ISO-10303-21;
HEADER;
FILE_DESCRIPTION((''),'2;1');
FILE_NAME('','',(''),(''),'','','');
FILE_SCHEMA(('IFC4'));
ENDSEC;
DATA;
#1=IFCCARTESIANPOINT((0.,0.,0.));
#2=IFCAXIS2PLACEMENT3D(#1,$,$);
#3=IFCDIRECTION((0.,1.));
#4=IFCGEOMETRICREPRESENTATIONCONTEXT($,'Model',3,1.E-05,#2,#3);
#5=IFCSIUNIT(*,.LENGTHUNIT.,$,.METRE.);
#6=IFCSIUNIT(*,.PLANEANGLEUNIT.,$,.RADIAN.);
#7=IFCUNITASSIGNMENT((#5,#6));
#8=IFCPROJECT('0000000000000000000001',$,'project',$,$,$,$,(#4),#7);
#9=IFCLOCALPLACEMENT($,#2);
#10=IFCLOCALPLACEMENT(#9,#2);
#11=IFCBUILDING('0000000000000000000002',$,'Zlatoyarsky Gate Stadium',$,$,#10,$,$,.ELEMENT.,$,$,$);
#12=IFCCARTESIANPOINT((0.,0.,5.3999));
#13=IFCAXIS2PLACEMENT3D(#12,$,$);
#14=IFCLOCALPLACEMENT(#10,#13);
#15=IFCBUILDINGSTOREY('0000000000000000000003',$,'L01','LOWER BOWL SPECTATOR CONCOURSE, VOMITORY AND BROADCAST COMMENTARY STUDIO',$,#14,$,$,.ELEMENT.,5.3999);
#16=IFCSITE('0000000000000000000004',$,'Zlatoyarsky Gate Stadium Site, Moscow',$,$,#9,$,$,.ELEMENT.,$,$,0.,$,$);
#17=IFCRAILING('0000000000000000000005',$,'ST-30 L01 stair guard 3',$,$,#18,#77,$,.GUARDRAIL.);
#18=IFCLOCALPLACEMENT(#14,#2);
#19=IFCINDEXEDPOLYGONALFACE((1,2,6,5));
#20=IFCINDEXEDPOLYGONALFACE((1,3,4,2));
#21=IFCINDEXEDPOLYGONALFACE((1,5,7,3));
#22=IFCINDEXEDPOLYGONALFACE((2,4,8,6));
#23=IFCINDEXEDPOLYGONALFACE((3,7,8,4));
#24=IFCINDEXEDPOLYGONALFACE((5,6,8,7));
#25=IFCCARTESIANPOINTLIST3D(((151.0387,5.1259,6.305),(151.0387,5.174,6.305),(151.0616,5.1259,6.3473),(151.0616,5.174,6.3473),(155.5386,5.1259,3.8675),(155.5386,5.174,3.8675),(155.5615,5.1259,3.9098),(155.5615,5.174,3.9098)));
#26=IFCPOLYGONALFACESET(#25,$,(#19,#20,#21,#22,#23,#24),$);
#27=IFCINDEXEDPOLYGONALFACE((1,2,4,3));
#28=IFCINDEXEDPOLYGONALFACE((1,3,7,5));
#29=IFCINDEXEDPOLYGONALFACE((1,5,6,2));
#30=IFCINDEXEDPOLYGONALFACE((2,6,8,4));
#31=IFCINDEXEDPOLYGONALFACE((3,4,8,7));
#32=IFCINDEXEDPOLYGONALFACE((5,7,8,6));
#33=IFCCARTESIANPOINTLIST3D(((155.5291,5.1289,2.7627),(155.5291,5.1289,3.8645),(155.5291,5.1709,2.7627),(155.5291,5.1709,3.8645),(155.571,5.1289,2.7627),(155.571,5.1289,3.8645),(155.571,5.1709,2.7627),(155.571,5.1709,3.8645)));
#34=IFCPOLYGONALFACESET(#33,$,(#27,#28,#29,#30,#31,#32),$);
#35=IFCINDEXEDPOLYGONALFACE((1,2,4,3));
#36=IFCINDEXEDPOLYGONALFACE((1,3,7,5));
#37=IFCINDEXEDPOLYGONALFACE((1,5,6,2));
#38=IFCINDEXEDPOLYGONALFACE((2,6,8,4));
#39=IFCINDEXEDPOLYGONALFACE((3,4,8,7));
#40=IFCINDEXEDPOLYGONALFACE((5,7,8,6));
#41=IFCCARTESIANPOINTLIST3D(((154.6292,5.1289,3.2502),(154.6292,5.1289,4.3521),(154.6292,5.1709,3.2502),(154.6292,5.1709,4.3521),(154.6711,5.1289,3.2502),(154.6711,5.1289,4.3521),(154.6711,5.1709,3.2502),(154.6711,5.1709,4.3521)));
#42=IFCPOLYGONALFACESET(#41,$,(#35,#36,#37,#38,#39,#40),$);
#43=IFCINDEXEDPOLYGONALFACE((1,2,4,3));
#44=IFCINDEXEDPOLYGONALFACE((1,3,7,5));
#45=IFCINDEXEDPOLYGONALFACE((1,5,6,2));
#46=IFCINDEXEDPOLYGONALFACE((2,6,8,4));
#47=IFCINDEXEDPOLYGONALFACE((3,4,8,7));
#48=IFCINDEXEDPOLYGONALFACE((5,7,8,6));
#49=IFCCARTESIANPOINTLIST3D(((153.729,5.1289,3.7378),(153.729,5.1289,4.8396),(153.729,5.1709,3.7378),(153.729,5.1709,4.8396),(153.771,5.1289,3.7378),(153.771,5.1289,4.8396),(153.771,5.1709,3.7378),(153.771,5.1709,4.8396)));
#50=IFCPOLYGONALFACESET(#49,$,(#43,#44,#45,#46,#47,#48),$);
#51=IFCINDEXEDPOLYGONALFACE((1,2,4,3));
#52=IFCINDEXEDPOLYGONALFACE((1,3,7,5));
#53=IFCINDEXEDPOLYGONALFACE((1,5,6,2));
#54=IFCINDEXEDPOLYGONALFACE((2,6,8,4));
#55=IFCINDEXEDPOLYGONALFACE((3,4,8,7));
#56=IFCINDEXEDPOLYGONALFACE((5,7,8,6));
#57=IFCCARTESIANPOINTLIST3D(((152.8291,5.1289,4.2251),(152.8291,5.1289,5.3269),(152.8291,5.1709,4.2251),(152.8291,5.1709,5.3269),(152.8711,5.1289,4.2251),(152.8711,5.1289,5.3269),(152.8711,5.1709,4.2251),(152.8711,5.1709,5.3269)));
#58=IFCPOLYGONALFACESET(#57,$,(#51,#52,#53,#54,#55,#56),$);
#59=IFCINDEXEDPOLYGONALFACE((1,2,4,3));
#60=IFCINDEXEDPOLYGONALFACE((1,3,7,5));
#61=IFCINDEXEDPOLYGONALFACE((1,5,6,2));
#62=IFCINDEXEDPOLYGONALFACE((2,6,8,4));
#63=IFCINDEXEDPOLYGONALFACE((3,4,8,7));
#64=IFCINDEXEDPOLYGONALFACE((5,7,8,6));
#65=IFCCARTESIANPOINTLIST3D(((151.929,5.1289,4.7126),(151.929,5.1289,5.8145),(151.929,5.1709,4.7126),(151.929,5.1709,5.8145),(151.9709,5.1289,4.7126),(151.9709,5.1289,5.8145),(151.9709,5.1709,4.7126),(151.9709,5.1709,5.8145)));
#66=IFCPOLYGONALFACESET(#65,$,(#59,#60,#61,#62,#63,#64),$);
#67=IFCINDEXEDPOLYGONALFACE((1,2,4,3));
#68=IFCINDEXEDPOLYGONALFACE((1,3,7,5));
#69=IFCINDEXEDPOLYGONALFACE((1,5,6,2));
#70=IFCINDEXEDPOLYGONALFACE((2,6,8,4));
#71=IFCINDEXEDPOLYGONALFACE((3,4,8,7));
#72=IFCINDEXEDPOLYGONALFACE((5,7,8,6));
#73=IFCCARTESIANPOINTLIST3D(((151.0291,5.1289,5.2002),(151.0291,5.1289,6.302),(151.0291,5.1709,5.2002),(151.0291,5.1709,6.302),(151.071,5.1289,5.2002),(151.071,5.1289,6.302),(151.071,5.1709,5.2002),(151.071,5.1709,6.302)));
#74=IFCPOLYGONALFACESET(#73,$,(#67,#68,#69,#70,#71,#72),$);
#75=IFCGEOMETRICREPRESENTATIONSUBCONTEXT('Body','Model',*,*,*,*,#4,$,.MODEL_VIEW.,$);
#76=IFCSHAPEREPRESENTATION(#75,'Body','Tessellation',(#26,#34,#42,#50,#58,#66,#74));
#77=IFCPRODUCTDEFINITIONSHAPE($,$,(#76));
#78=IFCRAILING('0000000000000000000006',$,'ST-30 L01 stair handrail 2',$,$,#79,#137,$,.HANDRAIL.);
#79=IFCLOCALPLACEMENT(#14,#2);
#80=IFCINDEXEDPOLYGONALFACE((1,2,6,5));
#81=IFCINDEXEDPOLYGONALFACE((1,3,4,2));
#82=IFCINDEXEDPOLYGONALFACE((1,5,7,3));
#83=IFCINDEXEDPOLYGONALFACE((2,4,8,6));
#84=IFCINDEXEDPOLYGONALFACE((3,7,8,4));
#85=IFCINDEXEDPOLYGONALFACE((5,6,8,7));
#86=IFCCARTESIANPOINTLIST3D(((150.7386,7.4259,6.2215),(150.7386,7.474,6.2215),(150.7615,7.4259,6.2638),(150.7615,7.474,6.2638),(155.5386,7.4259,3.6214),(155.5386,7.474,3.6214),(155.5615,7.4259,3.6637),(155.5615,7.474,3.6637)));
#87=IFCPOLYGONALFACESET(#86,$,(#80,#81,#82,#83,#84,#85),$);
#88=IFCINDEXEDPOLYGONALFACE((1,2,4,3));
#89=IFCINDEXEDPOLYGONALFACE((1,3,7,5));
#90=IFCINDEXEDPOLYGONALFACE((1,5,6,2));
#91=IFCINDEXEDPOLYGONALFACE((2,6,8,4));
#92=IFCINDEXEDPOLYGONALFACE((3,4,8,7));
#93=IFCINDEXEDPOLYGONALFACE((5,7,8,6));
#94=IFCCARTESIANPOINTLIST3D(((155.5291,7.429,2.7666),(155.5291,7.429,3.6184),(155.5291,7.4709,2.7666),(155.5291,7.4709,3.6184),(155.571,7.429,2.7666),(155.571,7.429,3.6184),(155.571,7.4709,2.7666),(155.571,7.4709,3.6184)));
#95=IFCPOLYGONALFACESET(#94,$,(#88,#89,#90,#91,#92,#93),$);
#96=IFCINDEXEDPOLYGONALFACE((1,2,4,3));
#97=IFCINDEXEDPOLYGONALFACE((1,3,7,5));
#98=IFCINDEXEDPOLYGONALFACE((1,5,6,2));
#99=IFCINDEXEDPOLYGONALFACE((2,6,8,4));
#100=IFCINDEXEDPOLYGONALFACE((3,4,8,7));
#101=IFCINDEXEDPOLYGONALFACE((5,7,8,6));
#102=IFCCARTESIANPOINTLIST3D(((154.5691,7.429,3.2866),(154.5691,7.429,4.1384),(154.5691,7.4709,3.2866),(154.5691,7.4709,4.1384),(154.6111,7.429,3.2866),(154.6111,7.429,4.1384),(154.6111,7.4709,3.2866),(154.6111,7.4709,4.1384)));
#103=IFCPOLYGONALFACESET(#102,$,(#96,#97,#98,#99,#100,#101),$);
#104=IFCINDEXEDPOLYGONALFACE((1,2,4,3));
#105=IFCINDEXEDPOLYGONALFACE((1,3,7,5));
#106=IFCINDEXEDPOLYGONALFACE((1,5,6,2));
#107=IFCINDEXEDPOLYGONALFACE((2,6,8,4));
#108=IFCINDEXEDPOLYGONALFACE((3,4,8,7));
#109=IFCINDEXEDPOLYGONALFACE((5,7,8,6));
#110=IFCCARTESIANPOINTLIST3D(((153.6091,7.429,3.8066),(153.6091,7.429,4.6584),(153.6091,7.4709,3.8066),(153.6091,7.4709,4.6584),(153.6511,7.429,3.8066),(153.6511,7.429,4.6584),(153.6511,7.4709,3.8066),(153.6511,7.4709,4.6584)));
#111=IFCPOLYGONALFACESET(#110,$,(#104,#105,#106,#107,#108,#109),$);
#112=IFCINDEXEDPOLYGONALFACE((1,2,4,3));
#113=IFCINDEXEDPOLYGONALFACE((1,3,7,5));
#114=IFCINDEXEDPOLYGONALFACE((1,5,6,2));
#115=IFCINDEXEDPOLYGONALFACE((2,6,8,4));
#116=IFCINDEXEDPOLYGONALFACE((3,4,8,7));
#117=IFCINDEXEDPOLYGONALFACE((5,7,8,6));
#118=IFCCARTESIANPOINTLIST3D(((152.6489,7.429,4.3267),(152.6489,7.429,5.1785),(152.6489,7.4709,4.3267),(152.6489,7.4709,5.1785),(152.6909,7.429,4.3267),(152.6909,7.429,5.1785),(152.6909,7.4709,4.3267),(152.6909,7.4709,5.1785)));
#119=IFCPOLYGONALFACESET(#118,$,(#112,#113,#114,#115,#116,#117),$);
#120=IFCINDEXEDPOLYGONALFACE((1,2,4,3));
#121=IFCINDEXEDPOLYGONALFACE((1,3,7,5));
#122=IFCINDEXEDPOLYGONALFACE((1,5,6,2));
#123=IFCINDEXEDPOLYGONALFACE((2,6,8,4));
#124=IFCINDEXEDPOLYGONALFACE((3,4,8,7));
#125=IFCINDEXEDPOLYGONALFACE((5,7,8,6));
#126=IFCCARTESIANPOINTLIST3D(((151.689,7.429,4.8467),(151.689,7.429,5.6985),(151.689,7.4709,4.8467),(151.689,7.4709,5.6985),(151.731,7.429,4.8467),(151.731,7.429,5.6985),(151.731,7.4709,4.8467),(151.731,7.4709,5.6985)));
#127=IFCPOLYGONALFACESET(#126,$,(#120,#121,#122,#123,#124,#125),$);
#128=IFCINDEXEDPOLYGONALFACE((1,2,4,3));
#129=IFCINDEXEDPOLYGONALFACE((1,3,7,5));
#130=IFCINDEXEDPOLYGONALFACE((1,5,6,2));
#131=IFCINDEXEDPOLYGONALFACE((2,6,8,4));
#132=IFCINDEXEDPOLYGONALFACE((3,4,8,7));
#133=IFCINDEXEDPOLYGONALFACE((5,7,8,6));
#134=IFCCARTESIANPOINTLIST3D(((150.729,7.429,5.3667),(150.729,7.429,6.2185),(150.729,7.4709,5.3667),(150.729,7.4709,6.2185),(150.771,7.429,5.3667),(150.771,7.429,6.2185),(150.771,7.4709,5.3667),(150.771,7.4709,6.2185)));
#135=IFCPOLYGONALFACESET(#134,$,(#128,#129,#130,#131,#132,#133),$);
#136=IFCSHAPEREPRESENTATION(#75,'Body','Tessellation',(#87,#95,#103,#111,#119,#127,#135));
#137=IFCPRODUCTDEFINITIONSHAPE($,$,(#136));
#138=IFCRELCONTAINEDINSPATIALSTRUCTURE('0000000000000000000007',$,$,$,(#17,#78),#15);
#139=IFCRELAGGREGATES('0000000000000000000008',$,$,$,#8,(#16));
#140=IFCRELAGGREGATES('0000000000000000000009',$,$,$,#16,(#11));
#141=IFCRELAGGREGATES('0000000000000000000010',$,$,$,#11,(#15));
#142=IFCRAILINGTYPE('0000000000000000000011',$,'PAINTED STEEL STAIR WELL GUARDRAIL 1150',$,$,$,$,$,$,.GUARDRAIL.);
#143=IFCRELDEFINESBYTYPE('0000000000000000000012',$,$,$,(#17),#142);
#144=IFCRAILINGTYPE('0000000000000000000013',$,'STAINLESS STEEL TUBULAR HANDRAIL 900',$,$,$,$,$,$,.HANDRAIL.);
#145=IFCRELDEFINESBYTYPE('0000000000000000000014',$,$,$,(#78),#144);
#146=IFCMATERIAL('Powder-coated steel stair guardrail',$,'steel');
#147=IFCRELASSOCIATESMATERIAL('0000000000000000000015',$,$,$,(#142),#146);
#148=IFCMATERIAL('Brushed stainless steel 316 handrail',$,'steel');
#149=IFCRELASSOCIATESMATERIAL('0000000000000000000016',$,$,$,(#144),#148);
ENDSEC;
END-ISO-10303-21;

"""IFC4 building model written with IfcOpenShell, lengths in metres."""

from ifc_helpers import new_model, si_unit, direction, frame, origin, origin_2d, place, context, subcontext, project, spatial, rectangle, extrude, material, type_object, element, save


model = new_model("IFC4")

# Units and contexts
model_context = context("Model", 3, precision=1e-05, world=origin(), true_north=direction((0.0, 1.0)))
body_context = subcontext(model_context, "Body", "Model", "MODEL_VIEW")
ifc_project = project(units=[si_unit("LENGTHUNIT", "METRE"), si_unit("PLANEANGLEUNIT", "RADIAN")], contexts=[model_context])

# Site, building, storey
site_placement = place(None, origin())
site = spatial("IfcSite", under=ifc_project, at=site_placement, Name="Zlatoyarsky Gate Stadium Site, Moscow", CompositionType="ELEMENT", RefElevation=0.0)
building_placement = place(site_placement, origin())
building = spatial("IfcBuilding", under=site, at=building_placement, Name="Zlatoyarsky Gate Stadium", CompositionType="ELEMENT")
storey_placement = place(building_placement, frame((0.0, 0.0, 5.3999)))
storey = spatial("IfcBuildingStorey", under=building, at=storey_placement, Name="L01", Description="LOWER BOWL SPECTATOR CONCOURSE, VOMITORY AND BROADCAST COMMENTARY STUDIO", CompositionType="ELEMENT", Elevation=5.3999)

# Railings
ifc_material_1 = material(Name="Powder-coated steel stair guardrail", Category="steel")
railing_type_1 = type_object("IfcRailingType", Name="PAINTED STEEL STAIR WELL GUARDRAIL 1150", PredefinedType="GUARDRAIL", material=ifc_material_1)
railing_1_placement = place(storey_placement, frame((155.55, 5.1499, 2.7627)))
element("IfcRailing", 1, at=railing_1_placement, inside=storey, type_object=railing_type_1, Name="ST-30 L01 stair guard 3", PredefinedType="GUARDRAIL", context=body_context, shape_type="SweptSolid", body=[
    extrude(rectangle(XDim=0.0481, YDim=0.0481, at=origin_2d()), frame((0.0, 0.0, 1.126), z_axis=(-0.879292, 0.0, 0.476283), x_axis=(0.0, -1.0, 0.0)), (0.0, 0.0, 1.0), 5.1177),
    extrude(rectangle(XDim=0.042, YDim=0.042, at=origin_2d()), origin(), (0.0, 0.0, 1.0), 1.1018),
    extrude(rectangle(XDim=0.042, YDim=0.042, at=origin_2d()), frame((-0.8999, 0.0, 0.4875)), (0.0, 0.0, 1.0), 1.1018),
    extrude(rectangle(XDim=0.042, YDim=0.042, at=origin_2d()), frame((-1.8, 0.0, 0.9751)), (0.0, 0.0, 1.0), 1.1018),
    extrude(rectangle(XDim=0.042, YDim=0.042, at=origin_2d()), frame((-2.7, 0.0, 1.4624)), (0.0, 0.0, 1.0), 1.1018),
    extrude(rectangle(XDim=0.042, YDim=0.042, at=origin_2d()), frame((-3.6001, 0.0, 1.95)), (0.0, 0.0, 1.0), 1.1018),
    extrude(rectangle(XDim=0.042, YDim=0.042, at=origin_2d()), frame((-4.5, 0.0, 2.4375)), (0.0, 0.0, 1.0), 1.1018),
])
ifc_material_2 = material(Name="Brushed stainless steel 316 handrail", Category="steel")
railing_type_2 = type_object("IfcRailingType", Name="STAINLESS STEEL TUBULAR HANDRAIL 900", PredefinedType="HANDRAIL", material=ifc_material_2)
railing_2_placement = place(storey_placement, frame((155.55, 7.45, 2.7666)))
element("IfcRailing", 2, at=railing_2_placement, inside=storey, type_object=railing_type_2, Name="ST-30 L01 stair handrail 2", PredefinedType="HANDRAIL", context=body_context, shape_type="SweptSolid", body=[
    extrude(rectangle(XDim=0.0481, YDim=0.0481, at=origin_2d()), frame((0.0, 0.0, 0.876), z_axis=(-0.879287, 0.0, 0.476293), x_axis=(0.0, -1.0, 0.0)), (0.0, 0.0, 1.0), 5.459),
    extrude(rectangle(XDim=0.042, YDim=0.042, at=origin_2d()), origin(), (0.0, 0.0, 1.0), 0.8518),
    extrude(rectangle(XDim=0.042, YDim=0.042, at=origin_2d()), frame((-0.96, 0.0, 0.52)), (0.0, 0.0, 1.0), 0.8518),
    extrude(rectangle(XDim=0.042, YDim=0.042, at=origin_2d()), frame((-1.9199, 0.0, 1.04)), (0.0, 0.0, 1.0), 0.8518),
    extrude(rectangle(XDim=0.042, YDim=0.042, at=origin_2d()), frame((-2.8801, 0.0, 1.5601)), (0.0, 0.0, 1.0), 0.8518),
    extrude(rectangle(XDim=0.042, YDim=0.042, at=origin_2d()), frame((-3.8401, 0.0, 2.0801)), (0.0, 0.0, 1.0), 0.8518),
    extrude(rectangle(XDim=0.042, YDim=0.042, at=origin_2d()), frame((-4.8, 0.0, 2.6001)), (0.0, 0.0, 1.0), 0.8518),
])

save(model, "model.ifc")
